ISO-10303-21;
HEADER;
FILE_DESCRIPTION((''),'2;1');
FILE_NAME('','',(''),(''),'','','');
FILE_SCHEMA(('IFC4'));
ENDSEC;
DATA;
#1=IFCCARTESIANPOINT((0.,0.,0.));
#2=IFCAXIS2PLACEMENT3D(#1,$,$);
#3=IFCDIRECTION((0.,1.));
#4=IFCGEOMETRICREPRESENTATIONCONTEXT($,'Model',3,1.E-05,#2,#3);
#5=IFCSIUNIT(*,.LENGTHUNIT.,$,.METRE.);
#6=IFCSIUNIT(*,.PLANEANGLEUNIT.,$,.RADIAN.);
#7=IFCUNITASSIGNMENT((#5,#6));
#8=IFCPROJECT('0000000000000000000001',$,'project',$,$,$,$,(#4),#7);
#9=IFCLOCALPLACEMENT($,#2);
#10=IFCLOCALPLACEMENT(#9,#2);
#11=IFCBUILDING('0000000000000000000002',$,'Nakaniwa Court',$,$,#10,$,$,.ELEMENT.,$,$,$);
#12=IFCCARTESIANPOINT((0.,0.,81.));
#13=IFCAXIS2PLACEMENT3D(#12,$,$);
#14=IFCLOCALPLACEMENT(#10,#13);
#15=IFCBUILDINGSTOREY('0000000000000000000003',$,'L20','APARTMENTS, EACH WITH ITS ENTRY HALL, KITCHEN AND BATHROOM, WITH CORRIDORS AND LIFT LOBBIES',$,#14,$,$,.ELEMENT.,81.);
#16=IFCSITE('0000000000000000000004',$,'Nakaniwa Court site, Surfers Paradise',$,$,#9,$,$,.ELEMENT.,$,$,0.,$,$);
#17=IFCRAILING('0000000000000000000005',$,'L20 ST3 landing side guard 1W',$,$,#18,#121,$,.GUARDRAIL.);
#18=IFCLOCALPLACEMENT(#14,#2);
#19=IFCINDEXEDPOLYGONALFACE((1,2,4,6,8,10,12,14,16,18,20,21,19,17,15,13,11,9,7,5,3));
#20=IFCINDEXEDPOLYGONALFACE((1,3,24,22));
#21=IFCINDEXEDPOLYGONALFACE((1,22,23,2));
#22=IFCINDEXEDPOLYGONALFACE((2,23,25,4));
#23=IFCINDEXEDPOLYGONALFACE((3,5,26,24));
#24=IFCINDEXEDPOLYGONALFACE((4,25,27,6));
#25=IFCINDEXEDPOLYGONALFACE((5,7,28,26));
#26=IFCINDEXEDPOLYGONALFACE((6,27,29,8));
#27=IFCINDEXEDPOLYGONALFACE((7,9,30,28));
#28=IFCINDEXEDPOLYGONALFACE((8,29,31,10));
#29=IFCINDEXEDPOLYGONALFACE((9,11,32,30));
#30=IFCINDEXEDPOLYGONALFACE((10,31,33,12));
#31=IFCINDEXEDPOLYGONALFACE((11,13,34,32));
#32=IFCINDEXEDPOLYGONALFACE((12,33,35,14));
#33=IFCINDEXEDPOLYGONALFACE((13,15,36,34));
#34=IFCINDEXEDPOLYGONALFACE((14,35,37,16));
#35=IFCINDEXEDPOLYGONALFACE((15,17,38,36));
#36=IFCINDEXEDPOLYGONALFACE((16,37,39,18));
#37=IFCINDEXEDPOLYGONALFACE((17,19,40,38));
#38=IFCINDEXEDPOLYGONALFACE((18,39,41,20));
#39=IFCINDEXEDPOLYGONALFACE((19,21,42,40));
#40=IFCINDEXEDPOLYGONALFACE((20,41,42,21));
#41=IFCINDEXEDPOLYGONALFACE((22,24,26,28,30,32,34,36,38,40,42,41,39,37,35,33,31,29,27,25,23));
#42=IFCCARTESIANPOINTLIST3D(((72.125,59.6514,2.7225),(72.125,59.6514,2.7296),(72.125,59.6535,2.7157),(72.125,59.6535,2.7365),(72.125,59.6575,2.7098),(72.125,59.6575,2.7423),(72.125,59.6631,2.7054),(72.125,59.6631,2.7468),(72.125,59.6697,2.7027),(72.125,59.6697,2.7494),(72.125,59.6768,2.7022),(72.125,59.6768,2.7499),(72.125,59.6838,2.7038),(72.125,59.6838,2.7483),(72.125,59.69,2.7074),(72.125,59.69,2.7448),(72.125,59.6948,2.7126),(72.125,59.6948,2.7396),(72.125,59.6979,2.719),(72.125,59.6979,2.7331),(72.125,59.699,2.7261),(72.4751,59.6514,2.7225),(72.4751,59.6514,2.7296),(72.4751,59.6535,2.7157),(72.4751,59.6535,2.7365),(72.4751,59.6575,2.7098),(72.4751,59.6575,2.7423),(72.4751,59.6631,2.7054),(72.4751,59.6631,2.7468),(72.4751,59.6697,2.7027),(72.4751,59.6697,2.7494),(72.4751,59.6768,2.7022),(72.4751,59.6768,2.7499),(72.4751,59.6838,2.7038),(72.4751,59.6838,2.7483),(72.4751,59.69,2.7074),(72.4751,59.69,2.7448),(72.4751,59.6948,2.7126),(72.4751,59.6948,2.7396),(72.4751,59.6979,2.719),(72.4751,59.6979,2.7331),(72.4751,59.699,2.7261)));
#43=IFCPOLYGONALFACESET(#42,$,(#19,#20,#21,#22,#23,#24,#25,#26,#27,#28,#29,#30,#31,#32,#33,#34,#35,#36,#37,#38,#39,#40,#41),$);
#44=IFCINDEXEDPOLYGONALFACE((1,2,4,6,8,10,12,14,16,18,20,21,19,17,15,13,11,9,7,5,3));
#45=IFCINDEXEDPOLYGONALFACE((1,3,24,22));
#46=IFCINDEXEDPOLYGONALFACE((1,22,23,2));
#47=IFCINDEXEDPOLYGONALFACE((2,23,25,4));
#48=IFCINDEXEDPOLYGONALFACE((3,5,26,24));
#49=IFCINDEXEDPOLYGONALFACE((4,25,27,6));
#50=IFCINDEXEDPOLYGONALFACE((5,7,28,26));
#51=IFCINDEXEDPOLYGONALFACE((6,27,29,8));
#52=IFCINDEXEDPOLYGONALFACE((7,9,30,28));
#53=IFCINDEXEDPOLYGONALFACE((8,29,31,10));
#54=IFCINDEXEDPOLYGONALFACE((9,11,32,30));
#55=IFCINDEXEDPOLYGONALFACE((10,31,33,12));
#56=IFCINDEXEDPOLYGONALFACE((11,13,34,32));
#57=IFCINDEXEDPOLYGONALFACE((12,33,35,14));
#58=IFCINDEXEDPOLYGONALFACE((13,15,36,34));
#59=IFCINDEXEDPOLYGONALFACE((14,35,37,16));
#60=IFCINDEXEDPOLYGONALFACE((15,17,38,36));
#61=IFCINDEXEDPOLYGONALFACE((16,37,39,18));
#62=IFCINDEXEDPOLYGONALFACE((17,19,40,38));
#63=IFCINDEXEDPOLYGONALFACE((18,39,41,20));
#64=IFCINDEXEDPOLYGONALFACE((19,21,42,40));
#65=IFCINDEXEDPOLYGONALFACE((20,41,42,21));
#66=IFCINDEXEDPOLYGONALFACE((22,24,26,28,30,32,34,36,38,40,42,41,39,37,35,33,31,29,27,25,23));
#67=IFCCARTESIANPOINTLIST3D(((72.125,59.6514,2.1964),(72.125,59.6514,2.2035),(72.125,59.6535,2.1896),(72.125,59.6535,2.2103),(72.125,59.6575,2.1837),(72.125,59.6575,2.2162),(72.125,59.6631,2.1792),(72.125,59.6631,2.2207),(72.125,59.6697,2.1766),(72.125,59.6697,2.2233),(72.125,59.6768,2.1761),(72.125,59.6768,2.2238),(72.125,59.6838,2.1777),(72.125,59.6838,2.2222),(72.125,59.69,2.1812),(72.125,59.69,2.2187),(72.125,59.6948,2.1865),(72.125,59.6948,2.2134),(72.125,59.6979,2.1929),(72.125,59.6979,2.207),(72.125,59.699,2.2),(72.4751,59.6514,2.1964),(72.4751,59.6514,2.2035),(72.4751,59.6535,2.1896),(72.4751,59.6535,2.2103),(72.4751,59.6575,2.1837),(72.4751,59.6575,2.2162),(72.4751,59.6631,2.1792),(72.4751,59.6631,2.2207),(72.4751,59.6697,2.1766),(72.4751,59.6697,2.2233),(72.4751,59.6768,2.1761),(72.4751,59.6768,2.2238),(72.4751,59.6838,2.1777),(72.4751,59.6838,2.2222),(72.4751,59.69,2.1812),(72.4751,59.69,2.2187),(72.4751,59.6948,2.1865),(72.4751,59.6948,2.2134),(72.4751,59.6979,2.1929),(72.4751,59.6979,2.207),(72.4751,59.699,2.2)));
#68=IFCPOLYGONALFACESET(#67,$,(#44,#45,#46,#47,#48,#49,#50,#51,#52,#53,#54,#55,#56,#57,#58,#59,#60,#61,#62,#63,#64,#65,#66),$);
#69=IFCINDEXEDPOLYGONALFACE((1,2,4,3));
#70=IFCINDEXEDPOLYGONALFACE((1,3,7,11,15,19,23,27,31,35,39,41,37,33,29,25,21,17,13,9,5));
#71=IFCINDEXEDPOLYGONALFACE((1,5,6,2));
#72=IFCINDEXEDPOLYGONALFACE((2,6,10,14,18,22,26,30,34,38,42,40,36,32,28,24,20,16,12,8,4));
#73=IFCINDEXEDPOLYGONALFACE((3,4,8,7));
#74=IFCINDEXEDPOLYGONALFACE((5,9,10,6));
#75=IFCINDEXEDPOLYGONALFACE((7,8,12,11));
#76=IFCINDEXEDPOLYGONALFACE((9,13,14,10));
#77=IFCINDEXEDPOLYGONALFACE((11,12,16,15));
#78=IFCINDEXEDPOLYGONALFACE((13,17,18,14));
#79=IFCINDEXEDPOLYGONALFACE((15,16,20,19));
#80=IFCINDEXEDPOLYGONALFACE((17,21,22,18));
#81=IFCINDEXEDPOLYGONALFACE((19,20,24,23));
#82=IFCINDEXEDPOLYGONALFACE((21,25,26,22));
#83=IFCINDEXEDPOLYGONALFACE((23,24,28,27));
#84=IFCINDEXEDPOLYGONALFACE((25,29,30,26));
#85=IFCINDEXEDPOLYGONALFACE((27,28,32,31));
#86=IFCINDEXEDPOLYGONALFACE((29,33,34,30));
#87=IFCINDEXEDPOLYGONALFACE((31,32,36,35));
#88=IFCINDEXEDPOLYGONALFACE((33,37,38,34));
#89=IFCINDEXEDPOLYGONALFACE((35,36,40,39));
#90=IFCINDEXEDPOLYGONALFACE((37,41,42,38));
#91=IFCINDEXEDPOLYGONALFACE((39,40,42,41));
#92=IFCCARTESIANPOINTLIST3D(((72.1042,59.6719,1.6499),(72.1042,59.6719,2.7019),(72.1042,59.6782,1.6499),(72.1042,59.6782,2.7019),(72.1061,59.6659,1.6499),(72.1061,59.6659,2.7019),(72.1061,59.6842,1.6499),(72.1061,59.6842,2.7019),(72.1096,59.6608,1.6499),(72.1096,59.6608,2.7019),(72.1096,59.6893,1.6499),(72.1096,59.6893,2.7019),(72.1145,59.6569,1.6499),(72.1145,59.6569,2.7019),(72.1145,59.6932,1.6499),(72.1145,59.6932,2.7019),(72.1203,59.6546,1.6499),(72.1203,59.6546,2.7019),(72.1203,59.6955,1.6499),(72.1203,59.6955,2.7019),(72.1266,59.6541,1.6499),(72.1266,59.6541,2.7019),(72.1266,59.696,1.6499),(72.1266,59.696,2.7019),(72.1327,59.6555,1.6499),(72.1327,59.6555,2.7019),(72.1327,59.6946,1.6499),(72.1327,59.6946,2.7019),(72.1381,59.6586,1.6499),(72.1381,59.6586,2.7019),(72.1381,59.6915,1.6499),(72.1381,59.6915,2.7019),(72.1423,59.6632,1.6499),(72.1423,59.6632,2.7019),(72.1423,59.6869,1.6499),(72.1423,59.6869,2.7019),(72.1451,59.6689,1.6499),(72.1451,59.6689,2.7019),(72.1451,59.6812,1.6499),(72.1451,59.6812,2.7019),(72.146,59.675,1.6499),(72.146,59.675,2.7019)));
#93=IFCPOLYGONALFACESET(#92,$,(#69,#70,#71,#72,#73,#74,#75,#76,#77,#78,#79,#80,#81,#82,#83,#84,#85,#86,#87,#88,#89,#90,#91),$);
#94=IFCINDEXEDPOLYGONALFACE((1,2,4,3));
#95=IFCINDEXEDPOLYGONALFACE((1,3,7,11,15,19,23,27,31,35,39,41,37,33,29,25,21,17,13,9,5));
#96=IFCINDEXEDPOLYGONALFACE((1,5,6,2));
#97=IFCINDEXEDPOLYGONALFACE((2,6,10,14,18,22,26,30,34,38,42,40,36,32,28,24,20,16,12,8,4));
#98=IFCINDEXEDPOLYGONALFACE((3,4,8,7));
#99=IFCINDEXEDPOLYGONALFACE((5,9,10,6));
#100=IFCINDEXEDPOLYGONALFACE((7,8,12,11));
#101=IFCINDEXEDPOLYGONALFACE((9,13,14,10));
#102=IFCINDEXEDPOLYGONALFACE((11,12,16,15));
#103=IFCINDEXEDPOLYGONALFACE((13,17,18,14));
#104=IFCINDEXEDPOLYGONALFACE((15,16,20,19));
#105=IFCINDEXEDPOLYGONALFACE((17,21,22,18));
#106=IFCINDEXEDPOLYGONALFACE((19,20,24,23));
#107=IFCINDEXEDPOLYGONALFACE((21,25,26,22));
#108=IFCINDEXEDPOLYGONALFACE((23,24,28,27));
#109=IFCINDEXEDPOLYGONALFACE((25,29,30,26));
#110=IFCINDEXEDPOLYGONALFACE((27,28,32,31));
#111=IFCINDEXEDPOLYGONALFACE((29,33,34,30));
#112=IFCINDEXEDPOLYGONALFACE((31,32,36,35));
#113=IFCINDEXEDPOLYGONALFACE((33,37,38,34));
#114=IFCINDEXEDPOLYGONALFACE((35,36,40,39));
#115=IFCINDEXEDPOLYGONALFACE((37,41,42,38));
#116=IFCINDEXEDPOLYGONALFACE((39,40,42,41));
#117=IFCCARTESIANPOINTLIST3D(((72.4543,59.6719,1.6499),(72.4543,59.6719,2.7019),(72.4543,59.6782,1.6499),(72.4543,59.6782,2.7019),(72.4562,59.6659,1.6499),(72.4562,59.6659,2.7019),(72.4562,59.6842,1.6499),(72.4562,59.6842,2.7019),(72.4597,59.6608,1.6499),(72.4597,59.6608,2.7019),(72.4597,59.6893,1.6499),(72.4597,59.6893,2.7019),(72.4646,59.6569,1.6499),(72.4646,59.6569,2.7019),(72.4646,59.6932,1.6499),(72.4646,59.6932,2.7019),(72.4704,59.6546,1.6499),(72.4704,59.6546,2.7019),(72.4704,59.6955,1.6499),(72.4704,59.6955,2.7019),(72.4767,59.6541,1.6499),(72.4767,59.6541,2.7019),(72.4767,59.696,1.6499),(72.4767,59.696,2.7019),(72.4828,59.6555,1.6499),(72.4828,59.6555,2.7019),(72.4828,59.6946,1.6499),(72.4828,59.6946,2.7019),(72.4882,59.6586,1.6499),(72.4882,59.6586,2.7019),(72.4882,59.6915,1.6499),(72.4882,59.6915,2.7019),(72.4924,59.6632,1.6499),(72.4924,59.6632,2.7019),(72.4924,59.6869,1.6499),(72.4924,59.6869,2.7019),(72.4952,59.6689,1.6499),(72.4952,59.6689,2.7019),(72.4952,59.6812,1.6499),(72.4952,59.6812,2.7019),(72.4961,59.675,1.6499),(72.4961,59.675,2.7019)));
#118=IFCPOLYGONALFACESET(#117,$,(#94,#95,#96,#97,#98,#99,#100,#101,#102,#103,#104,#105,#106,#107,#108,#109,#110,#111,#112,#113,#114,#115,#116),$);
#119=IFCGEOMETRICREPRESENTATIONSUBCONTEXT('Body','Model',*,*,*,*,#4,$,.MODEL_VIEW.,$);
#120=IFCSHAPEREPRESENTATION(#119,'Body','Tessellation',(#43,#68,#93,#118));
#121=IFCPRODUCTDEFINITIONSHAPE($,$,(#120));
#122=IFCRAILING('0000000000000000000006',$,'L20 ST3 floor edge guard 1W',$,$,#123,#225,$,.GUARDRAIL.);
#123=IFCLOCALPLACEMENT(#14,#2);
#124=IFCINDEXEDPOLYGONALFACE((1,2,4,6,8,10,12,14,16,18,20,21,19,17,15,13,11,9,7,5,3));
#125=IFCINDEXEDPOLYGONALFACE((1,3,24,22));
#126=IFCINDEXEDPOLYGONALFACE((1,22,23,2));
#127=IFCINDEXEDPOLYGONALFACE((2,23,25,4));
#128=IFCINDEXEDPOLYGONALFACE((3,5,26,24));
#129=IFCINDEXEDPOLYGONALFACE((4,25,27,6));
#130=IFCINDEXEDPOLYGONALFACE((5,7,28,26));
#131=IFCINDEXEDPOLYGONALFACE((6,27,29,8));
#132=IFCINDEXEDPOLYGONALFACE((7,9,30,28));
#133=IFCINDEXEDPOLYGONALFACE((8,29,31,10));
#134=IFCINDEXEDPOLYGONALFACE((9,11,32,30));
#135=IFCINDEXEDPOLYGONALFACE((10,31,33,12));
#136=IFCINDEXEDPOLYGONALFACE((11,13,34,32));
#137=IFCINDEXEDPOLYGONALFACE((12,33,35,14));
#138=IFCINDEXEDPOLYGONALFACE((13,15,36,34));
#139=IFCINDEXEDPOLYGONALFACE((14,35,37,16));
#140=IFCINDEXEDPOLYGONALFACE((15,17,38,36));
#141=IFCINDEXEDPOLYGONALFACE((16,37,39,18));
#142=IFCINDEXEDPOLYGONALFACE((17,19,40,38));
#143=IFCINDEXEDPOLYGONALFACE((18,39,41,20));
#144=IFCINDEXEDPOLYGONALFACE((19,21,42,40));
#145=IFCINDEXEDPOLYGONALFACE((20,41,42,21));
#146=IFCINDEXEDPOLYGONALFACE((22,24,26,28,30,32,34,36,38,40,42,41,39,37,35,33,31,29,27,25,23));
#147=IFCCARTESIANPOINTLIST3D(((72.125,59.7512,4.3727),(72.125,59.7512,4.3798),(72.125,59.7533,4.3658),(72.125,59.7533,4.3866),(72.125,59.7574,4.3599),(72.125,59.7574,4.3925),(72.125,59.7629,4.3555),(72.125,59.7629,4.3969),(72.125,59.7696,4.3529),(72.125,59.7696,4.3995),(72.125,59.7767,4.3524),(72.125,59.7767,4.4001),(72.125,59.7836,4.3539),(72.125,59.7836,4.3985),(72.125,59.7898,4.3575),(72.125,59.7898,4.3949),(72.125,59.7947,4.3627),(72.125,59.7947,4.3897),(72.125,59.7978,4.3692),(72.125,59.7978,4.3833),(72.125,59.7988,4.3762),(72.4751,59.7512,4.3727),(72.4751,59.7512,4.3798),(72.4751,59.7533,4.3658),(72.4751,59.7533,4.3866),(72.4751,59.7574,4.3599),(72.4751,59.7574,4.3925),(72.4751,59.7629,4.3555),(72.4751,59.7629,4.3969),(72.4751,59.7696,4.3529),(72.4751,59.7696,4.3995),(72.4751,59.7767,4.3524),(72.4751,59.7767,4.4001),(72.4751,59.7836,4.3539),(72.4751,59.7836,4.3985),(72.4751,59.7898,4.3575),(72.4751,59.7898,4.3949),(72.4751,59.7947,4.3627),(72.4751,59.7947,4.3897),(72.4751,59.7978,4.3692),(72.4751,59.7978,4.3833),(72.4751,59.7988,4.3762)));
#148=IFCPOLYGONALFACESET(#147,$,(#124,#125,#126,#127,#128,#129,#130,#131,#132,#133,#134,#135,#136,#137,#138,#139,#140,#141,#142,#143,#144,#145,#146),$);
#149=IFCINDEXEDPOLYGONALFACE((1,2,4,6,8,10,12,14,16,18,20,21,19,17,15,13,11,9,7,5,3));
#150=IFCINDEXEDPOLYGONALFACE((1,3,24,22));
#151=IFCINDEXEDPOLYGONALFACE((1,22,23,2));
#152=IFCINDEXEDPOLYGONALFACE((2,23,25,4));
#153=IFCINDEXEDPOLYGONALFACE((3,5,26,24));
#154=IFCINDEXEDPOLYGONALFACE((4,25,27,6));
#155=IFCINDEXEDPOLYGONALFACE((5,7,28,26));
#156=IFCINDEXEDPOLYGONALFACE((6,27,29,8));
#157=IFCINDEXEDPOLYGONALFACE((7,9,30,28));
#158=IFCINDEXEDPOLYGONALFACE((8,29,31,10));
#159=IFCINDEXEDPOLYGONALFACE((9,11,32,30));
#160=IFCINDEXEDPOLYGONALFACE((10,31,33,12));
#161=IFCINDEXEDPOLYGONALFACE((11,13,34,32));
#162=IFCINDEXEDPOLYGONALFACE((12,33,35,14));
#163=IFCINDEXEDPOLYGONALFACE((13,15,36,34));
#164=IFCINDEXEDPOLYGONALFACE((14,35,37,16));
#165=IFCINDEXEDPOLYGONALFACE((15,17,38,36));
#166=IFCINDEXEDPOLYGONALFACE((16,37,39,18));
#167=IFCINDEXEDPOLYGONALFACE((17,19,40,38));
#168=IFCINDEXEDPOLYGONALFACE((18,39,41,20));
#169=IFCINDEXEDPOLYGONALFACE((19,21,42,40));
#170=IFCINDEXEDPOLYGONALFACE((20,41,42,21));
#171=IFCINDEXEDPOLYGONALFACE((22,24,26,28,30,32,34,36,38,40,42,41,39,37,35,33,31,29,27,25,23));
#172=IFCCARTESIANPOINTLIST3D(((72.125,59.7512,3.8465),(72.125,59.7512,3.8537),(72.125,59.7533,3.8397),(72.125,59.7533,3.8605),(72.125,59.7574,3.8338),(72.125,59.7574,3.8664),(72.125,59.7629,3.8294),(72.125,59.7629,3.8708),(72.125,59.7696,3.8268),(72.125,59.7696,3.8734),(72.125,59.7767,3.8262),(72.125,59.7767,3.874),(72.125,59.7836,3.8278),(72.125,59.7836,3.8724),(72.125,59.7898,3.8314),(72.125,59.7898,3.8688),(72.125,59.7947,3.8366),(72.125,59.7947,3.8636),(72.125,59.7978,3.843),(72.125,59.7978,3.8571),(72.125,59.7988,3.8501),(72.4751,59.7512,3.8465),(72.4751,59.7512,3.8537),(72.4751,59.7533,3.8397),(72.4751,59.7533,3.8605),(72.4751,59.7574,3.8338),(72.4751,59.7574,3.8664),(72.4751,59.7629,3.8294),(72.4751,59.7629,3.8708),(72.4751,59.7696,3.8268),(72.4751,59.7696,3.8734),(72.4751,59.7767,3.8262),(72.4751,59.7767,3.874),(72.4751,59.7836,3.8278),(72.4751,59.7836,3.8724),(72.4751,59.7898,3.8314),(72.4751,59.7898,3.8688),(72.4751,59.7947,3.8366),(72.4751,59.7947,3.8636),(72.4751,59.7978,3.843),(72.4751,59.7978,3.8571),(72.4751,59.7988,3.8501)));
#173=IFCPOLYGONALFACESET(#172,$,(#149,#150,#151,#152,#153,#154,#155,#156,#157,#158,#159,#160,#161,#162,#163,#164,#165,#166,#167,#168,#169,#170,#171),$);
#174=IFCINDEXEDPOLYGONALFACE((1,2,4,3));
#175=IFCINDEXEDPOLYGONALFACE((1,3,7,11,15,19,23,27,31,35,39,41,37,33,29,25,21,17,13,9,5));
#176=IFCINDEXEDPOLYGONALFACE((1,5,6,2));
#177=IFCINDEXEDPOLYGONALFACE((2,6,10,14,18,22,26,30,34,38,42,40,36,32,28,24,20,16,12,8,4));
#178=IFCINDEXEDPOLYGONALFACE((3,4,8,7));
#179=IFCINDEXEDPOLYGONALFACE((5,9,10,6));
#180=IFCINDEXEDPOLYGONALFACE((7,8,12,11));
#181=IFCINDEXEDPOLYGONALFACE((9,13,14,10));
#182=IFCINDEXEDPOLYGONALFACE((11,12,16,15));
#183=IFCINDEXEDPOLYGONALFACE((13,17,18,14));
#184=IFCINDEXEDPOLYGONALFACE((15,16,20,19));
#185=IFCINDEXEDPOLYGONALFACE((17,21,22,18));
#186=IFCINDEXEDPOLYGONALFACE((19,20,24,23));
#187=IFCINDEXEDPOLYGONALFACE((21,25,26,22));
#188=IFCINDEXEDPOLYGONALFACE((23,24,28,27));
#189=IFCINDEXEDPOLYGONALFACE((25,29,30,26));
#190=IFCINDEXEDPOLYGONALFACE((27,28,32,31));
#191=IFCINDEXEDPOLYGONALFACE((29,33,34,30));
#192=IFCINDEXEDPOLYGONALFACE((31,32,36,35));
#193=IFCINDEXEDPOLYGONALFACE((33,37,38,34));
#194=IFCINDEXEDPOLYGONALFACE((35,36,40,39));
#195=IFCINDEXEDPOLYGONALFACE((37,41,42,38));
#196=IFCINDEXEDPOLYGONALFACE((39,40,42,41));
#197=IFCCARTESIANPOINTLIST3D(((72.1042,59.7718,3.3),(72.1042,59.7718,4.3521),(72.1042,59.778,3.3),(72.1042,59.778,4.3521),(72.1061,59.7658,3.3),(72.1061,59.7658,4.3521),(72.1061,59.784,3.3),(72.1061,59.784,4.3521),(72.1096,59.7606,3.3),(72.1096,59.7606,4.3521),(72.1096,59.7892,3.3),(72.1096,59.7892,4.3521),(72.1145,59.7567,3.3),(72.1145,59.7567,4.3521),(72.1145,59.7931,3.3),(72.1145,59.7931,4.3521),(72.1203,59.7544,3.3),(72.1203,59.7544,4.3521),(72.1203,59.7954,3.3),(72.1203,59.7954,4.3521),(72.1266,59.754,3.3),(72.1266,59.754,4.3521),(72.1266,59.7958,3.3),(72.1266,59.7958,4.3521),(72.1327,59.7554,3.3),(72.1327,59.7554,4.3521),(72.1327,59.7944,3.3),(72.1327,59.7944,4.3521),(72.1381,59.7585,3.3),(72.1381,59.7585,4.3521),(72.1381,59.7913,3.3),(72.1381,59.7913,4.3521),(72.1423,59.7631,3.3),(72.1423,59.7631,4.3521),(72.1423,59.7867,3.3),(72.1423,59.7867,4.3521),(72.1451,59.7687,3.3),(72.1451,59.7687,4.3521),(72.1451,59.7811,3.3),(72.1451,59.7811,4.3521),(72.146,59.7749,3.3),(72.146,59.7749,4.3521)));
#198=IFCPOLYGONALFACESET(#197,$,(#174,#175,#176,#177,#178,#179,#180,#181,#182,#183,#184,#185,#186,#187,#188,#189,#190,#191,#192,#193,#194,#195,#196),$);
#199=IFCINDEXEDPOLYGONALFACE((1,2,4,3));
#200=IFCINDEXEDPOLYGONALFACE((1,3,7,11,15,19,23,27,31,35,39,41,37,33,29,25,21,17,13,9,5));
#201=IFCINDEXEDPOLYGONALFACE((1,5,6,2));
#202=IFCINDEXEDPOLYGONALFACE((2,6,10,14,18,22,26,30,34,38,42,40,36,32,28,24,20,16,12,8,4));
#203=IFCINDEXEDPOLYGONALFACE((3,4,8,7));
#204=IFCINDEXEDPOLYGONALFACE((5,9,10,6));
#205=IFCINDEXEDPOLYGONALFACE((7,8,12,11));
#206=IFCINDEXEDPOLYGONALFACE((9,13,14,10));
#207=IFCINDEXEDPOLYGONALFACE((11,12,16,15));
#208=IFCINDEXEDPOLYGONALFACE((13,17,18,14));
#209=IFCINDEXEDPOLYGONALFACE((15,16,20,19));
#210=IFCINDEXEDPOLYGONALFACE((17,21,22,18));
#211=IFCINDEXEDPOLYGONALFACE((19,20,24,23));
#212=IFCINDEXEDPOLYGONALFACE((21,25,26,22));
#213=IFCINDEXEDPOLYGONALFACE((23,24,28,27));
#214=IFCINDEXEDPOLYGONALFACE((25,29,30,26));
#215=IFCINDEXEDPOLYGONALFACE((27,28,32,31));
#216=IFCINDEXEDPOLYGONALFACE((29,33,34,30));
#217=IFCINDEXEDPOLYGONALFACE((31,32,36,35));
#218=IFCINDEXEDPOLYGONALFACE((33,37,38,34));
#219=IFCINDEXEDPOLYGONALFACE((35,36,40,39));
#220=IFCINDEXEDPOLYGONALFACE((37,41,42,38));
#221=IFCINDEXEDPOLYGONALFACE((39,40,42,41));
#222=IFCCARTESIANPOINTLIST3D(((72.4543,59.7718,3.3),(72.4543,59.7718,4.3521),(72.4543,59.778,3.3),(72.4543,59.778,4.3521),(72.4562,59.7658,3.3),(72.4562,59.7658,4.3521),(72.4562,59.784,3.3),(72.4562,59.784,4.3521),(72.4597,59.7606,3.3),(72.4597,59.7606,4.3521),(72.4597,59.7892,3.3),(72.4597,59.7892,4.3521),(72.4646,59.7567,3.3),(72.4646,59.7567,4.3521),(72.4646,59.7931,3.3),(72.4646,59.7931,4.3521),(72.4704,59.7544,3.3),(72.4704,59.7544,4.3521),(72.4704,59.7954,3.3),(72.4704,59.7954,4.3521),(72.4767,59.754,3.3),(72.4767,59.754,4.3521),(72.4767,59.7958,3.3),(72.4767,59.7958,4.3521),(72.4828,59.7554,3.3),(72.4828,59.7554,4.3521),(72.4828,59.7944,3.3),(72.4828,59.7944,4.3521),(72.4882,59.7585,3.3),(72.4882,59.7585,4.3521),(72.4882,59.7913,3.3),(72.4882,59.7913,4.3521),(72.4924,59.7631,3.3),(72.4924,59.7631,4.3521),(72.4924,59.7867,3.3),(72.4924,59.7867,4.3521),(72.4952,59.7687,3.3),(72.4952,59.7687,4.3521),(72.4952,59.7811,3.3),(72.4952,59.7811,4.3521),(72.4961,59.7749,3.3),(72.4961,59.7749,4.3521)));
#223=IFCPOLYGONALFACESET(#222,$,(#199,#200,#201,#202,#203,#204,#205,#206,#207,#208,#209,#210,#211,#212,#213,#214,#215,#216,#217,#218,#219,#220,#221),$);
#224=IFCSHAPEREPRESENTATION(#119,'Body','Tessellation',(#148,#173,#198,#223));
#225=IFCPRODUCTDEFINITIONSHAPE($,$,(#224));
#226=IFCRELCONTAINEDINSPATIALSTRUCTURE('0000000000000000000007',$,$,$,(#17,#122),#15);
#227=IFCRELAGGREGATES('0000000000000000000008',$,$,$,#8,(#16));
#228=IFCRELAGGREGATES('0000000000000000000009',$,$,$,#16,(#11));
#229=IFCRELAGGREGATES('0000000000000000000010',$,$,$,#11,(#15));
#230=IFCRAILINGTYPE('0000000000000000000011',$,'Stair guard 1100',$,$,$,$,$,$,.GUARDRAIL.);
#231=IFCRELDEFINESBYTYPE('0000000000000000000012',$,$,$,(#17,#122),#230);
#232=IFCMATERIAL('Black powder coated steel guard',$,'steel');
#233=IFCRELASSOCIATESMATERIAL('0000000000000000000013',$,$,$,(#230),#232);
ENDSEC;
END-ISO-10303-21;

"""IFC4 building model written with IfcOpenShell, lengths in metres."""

from ifc_helpers import new_model, si_unit, direction, frame, origin, origin_2d, place, context, subcontext, project, spatial, circle, extrude, material, type_object, element, save


model = new_model("IFC4")

# Units and contexts
model_context = context("Model", 3, precision=1e-05, world=origin(), true_north=direction((0.0, 1.0)))
body_context = subcontext(model_context, "Body", "Model", "MODEL_VIEW")
ifc_project = project(units=[si_unit("LENGTHUNIT", "METRE"), si_unit("PLANEANGLEUNIT", "RADIAN")], contexts=[model_context])

# Site, building, storey
site_placement = place(None, origin())
site = spatial("IfcSite", under=ifc_project, at=site_placement, Name="Nakaniwa Court site, Surfers Paradise", CompositionType="ELEMENT", RefElevation=0.0)
building_placement = place(site_placement, origin())
building = spatial("IfcBuilding", under=site, at=building_placement, Name="Nakaniwa Court", CompositionType="ELEMENT")
storey_placement = place(building_placement, frame((0.0, 0.0, 81.0)))
storey = spatial("IfcBuildingStorey", under=building, at=storey_placement, Name="L20", Description="APARTMENTS, EACH WITH ITS ENTRY HALL, KITCHEN AND BATHROOM, WITH CORRIDORS AND LIFT LOBBIES", CompositionType="ELEMENT", Elevation=81.0)

# Railings
ifc_material_1 = material(Name="Black powder coated steel guard", Category="steel")
railing_type_1 = type_object("IfcRailingType", Name="Stair guard 1100", PredefinedType="GUARDRAIL", material=ifc_material_1)
for number, where, name in (
    (1, (72.125, 59.675, 1.6499), "L20 ST3 landing side guard 1W"),
    (2, (72.125, 59.7749, 3.3), "L20 ST3 floor edge guard 1W"),
):
    element("IfcRailing", number, at=place(storey_placement, frame(where)), inside=storey, type_object=railing_type_1, Name=name, PredefinedType="GUARDRAIL", context=body_context, shape_type="SweptSolid", body=[
        extrude(circle(Radius=0.0239, at=origin_2d()), frame((0.0, 0.0, 1.0762), z_axis=(1.0, 0.0, 0.0), x_axis=(0.0, 1.0, 0.0)), (0.0, 0.0, 1.0), 0.3501),
        extrude(circle(Radius=0.0239, at=origin_2d()), frame((0.0, 0.0, 0.55), z_axis=(1.0, 0.0, 0.0), x_axis=(0.0, 1.0, 0.0)), (0.0, 0.0, 1.0), 0.3501),
        extrude(circle(Radius=0.021, at=origin_2d()), origin(), (0.0, 0.0, 1.0), 1.052),
        extrude(circle(Radius=0.021, at=origin_2d()), frame((0.3501, 0.0, 0.0)), (0.0, 0.0, 1.0), 1.052),
    ])

save(model, "model.ifc")
